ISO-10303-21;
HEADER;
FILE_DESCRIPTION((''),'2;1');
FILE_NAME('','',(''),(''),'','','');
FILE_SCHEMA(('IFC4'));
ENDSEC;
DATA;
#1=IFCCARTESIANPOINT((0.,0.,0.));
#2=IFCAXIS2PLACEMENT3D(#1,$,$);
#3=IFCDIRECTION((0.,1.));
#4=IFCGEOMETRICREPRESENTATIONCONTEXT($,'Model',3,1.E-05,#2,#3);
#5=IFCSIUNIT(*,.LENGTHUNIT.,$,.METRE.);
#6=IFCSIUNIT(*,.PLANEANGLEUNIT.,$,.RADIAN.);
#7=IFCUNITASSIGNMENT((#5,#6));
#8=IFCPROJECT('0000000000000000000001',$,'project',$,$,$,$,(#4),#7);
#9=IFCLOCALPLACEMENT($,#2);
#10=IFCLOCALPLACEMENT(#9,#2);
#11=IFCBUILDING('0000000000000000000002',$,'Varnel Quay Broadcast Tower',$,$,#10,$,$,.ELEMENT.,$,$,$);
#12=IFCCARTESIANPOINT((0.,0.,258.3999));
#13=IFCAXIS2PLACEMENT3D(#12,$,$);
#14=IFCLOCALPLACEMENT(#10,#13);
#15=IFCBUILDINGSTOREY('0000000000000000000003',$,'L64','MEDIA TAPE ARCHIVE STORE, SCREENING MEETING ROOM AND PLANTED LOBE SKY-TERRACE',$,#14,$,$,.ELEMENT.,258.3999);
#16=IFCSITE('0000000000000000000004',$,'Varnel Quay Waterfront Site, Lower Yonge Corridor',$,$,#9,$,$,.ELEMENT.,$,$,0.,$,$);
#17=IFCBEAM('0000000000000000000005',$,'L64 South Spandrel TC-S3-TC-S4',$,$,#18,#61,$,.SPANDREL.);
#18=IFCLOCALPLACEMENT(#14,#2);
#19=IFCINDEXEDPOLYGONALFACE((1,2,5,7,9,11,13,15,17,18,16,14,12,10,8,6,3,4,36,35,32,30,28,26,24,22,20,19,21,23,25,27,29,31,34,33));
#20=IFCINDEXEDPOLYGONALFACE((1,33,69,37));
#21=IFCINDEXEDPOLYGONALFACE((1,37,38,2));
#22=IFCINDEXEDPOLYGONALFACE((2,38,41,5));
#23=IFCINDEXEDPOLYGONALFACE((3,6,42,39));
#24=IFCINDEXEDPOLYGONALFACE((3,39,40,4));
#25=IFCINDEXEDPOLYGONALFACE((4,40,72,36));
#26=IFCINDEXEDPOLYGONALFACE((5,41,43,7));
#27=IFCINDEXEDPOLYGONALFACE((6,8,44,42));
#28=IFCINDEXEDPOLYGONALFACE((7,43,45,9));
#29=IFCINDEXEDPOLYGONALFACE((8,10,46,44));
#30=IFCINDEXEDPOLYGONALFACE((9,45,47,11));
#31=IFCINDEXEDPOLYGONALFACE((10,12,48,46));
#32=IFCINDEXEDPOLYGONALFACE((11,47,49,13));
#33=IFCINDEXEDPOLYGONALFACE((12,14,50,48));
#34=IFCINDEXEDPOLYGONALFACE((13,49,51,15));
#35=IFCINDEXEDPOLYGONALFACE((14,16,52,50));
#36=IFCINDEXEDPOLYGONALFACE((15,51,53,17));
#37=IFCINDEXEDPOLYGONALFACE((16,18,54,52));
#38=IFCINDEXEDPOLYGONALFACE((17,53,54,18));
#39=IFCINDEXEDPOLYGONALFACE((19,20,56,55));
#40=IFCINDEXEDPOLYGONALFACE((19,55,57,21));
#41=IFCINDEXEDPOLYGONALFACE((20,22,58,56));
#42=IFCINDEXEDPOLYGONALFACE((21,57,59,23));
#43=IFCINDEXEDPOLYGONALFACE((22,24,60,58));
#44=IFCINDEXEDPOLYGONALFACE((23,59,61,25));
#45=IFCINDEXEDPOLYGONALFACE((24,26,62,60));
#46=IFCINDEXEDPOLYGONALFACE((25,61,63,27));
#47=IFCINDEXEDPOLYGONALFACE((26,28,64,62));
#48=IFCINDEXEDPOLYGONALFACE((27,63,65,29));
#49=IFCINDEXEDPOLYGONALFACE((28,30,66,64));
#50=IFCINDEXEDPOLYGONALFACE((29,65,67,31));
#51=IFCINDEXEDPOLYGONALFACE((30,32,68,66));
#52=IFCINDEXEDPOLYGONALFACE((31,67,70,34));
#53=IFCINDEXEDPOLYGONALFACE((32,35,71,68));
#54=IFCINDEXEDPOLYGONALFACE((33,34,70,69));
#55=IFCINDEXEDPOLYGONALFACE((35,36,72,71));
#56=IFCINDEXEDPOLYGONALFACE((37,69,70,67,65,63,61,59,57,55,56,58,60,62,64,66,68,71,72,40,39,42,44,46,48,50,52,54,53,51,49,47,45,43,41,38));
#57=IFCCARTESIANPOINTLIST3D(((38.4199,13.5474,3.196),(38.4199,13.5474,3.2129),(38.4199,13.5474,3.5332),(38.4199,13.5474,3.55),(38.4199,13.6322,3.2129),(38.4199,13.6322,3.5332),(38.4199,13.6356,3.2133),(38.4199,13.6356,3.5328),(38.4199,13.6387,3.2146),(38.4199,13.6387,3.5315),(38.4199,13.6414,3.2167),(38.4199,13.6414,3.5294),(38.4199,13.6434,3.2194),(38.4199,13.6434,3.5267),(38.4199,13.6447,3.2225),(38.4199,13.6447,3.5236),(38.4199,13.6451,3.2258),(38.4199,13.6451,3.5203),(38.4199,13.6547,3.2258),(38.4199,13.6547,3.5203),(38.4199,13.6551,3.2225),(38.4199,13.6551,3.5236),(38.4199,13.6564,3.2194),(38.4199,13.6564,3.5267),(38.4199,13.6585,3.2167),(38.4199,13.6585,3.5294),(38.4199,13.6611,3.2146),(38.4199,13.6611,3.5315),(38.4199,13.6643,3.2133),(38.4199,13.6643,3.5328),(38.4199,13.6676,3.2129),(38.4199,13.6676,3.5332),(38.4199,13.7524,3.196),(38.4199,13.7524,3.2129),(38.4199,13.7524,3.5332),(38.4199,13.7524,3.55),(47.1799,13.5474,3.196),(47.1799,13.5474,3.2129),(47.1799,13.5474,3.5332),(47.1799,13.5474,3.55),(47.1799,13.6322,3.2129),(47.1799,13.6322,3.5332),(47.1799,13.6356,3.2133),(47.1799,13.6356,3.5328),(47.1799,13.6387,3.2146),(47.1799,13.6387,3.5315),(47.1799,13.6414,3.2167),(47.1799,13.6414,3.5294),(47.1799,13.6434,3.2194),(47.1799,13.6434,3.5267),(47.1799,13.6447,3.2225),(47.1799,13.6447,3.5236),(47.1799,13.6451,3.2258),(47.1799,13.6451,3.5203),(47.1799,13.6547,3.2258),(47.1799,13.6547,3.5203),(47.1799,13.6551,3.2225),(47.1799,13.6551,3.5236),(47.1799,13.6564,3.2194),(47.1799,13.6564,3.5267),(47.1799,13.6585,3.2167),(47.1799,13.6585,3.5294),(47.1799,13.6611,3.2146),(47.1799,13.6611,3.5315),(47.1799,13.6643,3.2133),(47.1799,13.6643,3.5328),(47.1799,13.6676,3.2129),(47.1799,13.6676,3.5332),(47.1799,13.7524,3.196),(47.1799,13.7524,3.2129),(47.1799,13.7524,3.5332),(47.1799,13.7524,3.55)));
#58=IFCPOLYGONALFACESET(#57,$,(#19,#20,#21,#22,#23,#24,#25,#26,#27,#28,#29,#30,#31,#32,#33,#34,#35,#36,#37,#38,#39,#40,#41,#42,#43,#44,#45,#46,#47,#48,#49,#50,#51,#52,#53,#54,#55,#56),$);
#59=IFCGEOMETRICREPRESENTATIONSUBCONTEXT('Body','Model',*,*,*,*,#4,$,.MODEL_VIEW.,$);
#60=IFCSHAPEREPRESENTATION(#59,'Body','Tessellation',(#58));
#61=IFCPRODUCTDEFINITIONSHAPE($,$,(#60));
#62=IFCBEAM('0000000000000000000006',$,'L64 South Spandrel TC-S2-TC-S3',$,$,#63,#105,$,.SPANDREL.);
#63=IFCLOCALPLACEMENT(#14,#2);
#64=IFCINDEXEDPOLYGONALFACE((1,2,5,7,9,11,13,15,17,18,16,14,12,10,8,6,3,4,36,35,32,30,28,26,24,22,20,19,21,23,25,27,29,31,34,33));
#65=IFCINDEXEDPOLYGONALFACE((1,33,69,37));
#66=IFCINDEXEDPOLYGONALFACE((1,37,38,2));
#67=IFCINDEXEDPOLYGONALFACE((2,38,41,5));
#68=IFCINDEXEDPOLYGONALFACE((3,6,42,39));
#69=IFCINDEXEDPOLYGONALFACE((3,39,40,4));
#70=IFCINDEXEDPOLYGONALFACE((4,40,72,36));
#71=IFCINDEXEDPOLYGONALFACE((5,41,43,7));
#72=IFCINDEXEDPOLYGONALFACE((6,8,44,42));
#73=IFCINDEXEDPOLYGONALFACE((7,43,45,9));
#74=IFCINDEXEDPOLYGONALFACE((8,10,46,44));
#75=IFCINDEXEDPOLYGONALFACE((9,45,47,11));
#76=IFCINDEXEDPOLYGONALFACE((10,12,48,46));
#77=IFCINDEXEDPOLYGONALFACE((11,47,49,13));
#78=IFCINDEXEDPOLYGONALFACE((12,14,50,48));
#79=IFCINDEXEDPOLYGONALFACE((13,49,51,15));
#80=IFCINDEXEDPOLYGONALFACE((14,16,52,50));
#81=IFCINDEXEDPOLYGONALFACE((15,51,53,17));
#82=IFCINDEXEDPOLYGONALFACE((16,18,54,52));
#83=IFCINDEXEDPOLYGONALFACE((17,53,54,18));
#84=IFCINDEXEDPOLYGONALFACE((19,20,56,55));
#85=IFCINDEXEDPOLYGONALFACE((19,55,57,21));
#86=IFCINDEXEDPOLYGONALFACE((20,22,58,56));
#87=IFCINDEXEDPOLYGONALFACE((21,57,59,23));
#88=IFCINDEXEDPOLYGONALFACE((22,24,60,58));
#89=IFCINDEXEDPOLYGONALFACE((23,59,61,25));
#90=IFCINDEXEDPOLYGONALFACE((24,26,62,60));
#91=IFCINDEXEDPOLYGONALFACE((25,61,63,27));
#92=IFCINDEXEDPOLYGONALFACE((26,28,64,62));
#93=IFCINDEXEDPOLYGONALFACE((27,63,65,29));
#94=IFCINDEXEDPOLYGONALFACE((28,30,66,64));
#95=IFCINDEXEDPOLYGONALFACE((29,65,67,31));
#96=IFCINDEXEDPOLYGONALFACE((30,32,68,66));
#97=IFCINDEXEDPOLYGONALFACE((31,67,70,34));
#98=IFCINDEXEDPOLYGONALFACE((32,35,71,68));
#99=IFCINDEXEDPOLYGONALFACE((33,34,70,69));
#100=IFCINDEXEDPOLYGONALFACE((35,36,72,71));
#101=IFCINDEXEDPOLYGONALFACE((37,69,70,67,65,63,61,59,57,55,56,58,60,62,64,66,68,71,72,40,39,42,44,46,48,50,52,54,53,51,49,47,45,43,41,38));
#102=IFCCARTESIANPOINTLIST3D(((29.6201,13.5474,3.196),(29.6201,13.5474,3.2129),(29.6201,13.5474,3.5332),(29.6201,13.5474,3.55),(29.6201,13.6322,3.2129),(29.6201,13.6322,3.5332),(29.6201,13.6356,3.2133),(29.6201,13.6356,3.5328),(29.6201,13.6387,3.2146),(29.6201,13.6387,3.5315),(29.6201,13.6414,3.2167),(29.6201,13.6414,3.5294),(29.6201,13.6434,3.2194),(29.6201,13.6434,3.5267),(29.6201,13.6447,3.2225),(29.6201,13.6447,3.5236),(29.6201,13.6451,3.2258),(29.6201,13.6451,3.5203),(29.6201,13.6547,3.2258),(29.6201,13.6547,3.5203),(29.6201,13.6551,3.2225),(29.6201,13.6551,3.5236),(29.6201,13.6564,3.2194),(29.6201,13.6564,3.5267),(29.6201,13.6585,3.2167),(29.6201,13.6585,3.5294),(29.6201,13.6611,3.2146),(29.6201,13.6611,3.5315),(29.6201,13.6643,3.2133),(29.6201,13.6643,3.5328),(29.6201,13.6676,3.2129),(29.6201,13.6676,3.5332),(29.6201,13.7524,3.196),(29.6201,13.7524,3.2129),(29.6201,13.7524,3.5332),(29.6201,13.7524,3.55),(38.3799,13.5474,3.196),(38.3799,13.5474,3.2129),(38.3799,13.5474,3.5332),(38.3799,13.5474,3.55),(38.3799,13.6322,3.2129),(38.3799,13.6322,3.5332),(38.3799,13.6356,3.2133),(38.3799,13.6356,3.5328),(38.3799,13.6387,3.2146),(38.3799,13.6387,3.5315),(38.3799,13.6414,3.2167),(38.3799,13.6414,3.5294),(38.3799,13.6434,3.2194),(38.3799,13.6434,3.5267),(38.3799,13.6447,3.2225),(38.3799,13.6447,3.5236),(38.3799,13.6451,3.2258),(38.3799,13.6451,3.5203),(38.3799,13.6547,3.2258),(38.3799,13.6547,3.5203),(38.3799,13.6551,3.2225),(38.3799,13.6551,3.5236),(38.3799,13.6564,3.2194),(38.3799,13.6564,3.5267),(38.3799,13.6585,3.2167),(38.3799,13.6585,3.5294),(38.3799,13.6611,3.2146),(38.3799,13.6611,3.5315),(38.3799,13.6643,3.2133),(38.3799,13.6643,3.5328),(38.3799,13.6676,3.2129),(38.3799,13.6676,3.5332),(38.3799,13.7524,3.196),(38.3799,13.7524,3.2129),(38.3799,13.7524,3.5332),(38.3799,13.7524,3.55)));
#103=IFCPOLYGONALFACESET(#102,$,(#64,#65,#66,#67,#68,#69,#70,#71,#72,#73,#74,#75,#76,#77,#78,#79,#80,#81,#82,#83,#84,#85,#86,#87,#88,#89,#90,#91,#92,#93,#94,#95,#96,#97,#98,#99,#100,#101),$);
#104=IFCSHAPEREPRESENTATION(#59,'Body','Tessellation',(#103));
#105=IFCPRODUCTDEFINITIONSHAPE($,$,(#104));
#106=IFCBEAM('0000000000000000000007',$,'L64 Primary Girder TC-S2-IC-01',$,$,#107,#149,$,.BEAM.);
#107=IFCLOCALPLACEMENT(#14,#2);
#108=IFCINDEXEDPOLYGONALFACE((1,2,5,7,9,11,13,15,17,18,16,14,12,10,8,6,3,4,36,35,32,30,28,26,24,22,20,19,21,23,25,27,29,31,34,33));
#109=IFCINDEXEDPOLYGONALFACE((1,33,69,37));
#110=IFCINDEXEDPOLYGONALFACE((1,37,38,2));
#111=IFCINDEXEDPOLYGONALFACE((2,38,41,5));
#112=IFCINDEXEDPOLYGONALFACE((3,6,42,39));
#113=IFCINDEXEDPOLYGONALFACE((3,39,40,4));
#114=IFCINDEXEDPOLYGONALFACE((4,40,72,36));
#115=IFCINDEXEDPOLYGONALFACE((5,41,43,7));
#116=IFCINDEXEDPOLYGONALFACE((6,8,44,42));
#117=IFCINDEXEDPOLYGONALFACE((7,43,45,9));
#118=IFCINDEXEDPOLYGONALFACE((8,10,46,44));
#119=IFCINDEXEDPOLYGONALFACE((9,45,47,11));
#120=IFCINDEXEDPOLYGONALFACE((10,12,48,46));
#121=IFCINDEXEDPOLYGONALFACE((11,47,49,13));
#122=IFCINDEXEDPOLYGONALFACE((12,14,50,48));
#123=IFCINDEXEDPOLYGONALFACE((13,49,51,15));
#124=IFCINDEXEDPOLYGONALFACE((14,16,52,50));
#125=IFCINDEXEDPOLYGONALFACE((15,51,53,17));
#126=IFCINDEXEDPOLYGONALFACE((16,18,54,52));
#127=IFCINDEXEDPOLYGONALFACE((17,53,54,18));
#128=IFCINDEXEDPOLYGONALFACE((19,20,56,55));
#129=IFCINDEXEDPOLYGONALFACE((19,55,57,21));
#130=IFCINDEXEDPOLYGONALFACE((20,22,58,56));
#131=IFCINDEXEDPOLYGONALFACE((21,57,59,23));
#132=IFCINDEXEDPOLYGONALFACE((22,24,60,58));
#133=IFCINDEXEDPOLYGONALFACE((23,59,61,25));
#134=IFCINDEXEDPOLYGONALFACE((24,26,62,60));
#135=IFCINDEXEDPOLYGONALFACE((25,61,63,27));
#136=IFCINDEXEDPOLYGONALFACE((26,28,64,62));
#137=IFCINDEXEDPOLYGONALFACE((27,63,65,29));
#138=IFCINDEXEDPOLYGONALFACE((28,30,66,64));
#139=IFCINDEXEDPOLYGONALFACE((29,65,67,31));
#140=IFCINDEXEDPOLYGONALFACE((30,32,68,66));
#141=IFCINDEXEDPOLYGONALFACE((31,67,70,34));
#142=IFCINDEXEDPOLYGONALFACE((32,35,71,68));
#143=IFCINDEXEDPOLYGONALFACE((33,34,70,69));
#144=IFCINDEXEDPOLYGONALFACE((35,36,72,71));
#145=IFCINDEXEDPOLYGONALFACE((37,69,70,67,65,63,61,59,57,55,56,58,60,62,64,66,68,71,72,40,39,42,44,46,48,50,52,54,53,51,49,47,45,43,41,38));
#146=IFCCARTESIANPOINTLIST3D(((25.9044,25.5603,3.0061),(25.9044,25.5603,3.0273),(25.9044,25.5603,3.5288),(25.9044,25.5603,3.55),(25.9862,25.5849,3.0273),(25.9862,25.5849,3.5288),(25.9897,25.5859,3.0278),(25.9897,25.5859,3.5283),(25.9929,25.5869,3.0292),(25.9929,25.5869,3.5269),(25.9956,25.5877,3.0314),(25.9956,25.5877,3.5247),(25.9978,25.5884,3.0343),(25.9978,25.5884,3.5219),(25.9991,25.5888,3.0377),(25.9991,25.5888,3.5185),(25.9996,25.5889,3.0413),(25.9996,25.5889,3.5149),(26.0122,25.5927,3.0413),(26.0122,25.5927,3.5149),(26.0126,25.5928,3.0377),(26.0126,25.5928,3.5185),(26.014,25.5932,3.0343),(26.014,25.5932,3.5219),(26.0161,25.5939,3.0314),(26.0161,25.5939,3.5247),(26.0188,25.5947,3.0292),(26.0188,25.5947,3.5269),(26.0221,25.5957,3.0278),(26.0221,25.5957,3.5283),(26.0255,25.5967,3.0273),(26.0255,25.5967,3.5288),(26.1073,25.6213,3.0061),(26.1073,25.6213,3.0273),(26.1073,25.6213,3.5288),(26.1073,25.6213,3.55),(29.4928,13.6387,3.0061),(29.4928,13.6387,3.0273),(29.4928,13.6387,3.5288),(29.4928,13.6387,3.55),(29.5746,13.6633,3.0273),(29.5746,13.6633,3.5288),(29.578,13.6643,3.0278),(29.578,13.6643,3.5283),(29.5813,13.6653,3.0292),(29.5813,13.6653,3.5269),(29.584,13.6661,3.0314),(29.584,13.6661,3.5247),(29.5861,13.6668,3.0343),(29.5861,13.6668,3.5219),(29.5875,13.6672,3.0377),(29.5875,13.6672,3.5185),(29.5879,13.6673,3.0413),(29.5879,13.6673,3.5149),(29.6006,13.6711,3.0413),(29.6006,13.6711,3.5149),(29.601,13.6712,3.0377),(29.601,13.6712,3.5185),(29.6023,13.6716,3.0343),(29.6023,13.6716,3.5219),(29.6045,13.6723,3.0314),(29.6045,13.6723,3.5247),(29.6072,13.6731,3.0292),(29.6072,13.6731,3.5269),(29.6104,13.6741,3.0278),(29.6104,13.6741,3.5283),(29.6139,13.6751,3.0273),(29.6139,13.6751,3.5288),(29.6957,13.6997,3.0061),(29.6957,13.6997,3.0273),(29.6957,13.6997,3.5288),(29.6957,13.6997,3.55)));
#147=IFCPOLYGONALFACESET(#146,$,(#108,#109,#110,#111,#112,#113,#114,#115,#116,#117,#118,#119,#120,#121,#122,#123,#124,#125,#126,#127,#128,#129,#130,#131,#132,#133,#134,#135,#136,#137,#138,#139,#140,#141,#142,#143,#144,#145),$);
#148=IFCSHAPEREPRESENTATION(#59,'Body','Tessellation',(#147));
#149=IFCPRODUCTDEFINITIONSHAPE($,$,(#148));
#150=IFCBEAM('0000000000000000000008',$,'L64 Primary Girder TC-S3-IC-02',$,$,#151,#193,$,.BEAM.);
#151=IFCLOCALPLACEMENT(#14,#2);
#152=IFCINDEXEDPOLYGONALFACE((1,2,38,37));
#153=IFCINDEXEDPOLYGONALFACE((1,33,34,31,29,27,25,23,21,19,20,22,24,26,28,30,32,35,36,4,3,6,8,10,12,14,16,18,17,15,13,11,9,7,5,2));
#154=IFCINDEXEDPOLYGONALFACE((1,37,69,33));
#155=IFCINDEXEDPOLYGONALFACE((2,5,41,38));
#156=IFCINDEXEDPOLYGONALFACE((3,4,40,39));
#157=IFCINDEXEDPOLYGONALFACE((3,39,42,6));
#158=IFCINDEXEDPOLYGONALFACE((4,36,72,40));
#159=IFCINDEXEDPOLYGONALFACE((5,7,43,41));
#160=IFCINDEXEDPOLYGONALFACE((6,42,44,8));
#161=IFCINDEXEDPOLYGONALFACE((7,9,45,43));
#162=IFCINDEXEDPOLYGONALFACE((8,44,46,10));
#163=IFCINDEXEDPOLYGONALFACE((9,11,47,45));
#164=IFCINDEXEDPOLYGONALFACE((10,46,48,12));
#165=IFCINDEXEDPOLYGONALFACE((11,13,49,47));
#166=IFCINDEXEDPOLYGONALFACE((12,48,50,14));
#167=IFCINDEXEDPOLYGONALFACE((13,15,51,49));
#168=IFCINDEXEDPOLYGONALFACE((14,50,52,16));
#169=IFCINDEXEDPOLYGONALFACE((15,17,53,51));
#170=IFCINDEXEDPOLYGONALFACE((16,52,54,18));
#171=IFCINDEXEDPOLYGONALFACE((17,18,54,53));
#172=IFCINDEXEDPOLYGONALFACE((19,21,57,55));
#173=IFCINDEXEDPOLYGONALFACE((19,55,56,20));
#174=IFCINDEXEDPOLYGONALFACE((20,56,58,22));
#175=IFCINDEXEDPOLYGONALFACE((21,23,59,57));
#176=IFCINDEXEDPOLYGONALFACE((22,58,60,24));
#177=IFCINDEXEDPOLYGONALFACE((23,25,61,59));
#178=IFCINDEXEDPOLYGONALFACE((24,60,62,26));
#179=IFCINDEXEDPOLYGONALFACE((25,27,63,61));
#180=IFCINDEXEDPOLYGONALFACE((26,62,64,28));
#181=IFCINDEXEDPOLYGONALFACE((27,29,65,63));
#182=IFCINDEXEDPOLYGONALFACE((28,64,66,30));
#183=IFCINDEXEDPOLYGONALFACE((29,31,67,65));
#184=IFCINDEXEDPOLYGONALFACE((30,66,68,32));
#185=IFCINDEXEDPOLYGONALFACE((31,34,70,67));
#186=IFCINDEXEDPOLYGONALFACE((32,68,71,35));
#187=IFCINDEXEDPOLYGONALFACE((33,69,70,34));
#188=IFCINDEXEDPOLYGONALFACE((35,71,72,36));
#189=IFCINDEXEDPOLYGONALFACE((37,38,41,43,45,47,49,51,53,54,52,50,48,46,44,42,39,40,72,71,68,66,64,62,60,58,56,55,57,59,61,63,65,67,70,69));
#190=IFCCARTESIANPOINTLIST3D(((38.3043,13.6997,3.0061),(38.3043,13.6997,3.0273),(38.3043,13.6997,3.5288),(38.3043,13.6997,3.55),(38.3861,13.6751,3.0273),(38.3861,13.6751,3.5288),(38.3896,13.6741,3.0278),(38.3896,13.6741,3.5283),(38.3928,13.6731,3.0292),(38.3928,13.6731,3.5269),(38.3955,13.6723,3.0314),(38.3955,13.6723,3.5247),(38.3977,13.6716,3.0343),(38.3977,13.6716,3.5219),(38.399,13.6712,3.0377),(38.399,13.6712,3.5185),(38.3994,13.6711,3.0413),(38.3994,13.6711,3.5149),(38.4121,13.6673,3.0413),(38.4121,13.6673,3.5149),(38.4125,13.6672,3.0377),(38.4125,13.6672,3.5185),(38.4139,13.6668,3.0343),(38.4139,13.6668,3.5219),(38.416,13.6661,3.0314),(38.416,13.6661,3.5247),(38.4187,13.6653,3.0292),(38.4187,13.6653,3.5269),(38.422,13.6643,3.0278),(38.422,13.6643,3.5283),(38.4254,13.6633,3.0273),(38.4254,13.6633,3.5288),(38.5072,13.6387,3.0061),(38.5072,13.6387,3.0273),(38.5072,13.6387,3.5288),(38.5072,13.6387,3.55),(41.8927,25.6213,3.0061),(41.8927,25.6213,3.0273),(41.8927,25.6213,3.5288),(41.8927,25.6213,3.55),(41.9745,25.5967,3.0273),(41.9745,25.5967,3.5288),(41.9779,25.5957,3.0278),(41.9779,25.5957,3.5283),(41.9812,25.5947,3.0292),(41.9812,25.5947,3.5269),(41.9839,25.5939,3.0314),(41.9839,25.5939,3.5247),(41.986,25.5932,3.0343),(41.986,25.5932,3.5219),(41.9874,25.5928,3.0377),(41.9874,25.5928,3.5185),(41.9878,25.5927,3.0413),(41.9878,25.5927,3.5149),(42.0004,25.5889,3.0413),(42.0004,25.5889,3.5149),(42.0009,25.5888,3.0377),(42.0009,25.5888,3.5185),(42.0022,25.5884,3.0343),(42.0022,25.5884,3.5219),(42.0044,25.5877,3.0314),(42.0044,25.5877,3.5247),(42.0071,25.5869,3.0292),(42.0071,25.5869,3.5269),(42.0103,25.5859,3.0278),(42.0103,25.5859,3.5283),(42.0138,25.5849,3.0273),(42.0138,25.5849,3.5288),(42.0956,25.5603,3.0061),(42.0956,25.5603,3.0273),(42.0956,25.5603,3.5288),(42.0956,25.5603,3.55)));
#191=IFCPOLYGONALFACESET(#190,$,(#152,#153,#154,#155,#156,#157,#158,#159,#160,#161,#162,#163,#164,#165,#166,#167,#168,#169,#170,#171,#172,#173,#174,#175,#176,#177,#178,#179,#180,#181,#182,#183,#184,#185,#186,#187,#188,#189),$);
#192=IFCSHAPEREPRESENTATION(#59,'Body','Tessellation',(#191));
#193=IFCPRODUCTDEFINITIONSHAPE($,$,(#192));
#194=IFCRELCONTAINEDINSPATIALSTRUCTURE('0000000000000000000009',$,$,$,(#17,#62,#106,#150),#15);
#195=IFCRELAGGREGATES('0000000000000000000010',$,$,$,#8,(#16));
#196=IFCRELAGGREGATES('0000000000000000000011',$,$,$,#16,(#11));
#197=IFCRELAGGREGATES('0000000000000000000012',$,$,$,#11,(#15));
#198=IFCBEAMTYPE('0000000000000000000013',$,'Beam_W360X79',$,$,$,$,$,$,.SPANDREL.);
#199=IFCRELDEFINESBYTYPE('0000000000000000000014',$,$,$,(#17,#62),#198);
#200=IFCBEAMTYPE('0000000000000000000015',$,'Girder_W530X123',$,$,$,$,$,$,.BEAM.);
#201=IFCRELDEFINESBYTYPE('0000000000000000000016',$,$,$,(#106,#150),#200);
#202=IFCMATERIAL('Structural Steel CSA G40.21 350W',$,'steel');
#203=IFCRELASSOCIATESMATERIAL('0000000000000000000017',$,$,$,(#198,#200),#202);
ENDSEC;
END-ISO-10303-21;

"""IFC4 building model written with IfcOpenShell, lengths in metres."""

from ifc_helpers import new_model, si_unit, direction, frame, origin, origin_2d, place, context, subcontext, project, spatial, i_section, extrude, source, transform, mapped, material, material_profile, profile_set, type_object, type_shapes, element, save


model = new_model("IFC4")

# Units and contexts
model_context = context("Model", 3, precision=1e-05, world=origin(), true_north=direction((0.0, 1.0)))
body_context = subcontext(model_context, "Body", "Model", "MODEL_VIEW")
ifc_project = project(units=[si_unit("LENGTHUNIT", "METRE"), si_unit("PLANEANGLEUNIT", "RADIAN")], contexts=[model_context])

# Site, building, storey
site_placement = place(None, origin())
site = spatial("IfcSite", under=ifc_project, at=site_placement, Name="Varnel Quay Waterfront Site, Lower Yonge Corridor", CompositionType="ELEMENT", RefElevation=0.0)
building_placement = place(site_placement, origin())
building = spatial("IfcBuilding", under=site, at=building_placement, Name="Varnel Quay Broadcast Tower", CompositionType="ELEMENT")
storey_placement = place(building_placement, frame((0.0, 0.0, 258.3999)))
storey = spatial("IfcBuildingStorey", under=building, at=storey_placement, Name="L64", Description="MEDIA TAPE ARCHIVE STORE, SCREENING MEETING ROOM AND PLANTED LOBE SKY-TERRACE", CompositionType="ELEMENT", Elevation=258.3999)

# Shared definitions
ifc_material_1 = material(Name="Structural Steel CSA G40.21 350W", Category="steel")

# Beams
ifc_material_profile_1 = material_profile(ifc_material_1, i_section(OverallWidth=0.2051, OverallDepth=0.354, WebThickness=0.0095, FlangeThickness=0.0168, FilletRadius=0.0129, at=origin_2d()), Name="W360X79")
ifc_profile_set_1 = profile_set([ifc_material_profile_1], Name="Structural Steel CSA G40.21 350W")
beam_type_1 = type_object("IfcBeamType", Name="Beam_W360X79", PredefinedType="SPANDREL", material=ifc_profile_set_1)
shared_shape_1 = source(origin(), body_context, "Body", "SweptSolid", [
    extrude(i_section(OverallWidth=0.2051, OverallDepth=0.354, WebThickness=0.0095, FlangeThickness=0.0168, FilletRadius=0.0129, at=origin_2d()), origin(), (0.0, 0.0, 1.0), 8.76),
])
beam_1_placement = place(storey_placement, frame((38.4199, 13.6499, 3.373), z_axis=(1.0, 0.0, 0.0), x_axis=(0.0, 1.0, 0.0)))
element("IfcBeam", 1, at=beam_1_placement, inside=storey, type_object=beam_type_1, Name="L64 South Spandrel TC-S3-TC-S4", PredefinedType="SPANDREL", context=body_context, shape_type="MappedRepresentation", body=[
    mapped(shared_shape_1, transform((0.0, 0.0, 0.0), x_axis=(1.0, 0.0, 0.0), y_axis=(0.0, 1.0, 0.0), z_axis=(0.0, 0.0, 1.0), scale=1.0)),
])
shared_shape_2 = source(origin(), body_context, "Body", "SweptSolid", [
    extrude(i_section(OverallWidth=0.2051, OverallDepth=0.354, WebThickness=0.0095, FlangeThickness=0.0168, FilletRadius=0.0129, at=origin_2d()), origin(), (0.0, 0.0, 1.0), 8.7598),
])
type_shapes(beam_type_1, [shared_shape_1, shared_shape_2])
beam_2_placement = place(storey_placement, frame((29.6201, 13.6499, 3.373), z_axis=(1.0, 0.0, 0.0), x_axis=(0.0, 1.0, 0.0)))
element("IfcBeam", 2, at=beam_2_placement, inside=storey, type_object=beam_type_1, Name="L64 South Spandrel TC-S2-TC-S3", PredefinedType="SPANDREL", context=body_context, shape_type="MappedRepresentation", body=[
    mapped(shared_shape_2, transform((0.0, 0.0, 0.0), x_axis=(1.0, 0.0, 0.0), y_axis=(0.0, 1.0, 0.0), z_axis=(0.0, 0.0, 1.0), scale=1.0)),
])
ifc_material_profile_2 = material_profile(ifc_material_1, i_section(OverallWidth=0.2119, OverallDepth=0.5439, WebThickness=0.0132, FlangeThickness=0.0212, FilletRadius=0.0139, at=origin_2d()), Name="W530X123")
ifc_profile_set_2 = profile_set([ifc_material_profile_2], Name="Structural Steel CSA G40.21 350W")
beam_type_2 = type_object("IfcBeamType", Name="Girder_W530X123", PredefinedType="BEAM", material=ifc_profile_set_2)
shared_shape_3 = source(origin(), body_context, "Body", "SweptSolid", [
    extrude(i_section(OverallWidth=0.2119, OverallDepth=0.5439, WebThickness=0.0132, FlangeThickness=0.0212, FilletRadius=0.0139, at=origin_2d()), origin(), (0.0, 0.0, 1.0), 12.45),
])
for number, where, z_axis, x_axis, name in (
    (3, (29.5942, 13.6692, 3.2781), (-0.288224, 0.957563, 0.0), (-0.957563, -0.288224, 0.0), "L64 Primary Girder TC-S2-IC-01"),
    (4, (38.4058, 13.6692, 3.2781), (0.288224, 0.957563, 0.0), (-0.957563, 0.288224, 0.0), "L64 Primary Girder TC-S3-IC-02"),
):
    element("IfcBeam", number, at=place(storey_placement, frame(where, z_axis=z_axis, x_axis=x_axis)), inside=storey, type_object=beam_type_2, Name=name, PredefinedType="BEAM", context=body_context, shape_type="MappedRepresentation", body=[
        mapped(shared_shape_3, transform((0.0, 0.0, 0.0), x_axis=(1.0, 0.0, 0.0), y_axis=(0.0, 1.0, 0.0), z_axis=(0.0, 0.0, 1.0), scale=1.0)),
    ])

save(model, "model.ifc")
